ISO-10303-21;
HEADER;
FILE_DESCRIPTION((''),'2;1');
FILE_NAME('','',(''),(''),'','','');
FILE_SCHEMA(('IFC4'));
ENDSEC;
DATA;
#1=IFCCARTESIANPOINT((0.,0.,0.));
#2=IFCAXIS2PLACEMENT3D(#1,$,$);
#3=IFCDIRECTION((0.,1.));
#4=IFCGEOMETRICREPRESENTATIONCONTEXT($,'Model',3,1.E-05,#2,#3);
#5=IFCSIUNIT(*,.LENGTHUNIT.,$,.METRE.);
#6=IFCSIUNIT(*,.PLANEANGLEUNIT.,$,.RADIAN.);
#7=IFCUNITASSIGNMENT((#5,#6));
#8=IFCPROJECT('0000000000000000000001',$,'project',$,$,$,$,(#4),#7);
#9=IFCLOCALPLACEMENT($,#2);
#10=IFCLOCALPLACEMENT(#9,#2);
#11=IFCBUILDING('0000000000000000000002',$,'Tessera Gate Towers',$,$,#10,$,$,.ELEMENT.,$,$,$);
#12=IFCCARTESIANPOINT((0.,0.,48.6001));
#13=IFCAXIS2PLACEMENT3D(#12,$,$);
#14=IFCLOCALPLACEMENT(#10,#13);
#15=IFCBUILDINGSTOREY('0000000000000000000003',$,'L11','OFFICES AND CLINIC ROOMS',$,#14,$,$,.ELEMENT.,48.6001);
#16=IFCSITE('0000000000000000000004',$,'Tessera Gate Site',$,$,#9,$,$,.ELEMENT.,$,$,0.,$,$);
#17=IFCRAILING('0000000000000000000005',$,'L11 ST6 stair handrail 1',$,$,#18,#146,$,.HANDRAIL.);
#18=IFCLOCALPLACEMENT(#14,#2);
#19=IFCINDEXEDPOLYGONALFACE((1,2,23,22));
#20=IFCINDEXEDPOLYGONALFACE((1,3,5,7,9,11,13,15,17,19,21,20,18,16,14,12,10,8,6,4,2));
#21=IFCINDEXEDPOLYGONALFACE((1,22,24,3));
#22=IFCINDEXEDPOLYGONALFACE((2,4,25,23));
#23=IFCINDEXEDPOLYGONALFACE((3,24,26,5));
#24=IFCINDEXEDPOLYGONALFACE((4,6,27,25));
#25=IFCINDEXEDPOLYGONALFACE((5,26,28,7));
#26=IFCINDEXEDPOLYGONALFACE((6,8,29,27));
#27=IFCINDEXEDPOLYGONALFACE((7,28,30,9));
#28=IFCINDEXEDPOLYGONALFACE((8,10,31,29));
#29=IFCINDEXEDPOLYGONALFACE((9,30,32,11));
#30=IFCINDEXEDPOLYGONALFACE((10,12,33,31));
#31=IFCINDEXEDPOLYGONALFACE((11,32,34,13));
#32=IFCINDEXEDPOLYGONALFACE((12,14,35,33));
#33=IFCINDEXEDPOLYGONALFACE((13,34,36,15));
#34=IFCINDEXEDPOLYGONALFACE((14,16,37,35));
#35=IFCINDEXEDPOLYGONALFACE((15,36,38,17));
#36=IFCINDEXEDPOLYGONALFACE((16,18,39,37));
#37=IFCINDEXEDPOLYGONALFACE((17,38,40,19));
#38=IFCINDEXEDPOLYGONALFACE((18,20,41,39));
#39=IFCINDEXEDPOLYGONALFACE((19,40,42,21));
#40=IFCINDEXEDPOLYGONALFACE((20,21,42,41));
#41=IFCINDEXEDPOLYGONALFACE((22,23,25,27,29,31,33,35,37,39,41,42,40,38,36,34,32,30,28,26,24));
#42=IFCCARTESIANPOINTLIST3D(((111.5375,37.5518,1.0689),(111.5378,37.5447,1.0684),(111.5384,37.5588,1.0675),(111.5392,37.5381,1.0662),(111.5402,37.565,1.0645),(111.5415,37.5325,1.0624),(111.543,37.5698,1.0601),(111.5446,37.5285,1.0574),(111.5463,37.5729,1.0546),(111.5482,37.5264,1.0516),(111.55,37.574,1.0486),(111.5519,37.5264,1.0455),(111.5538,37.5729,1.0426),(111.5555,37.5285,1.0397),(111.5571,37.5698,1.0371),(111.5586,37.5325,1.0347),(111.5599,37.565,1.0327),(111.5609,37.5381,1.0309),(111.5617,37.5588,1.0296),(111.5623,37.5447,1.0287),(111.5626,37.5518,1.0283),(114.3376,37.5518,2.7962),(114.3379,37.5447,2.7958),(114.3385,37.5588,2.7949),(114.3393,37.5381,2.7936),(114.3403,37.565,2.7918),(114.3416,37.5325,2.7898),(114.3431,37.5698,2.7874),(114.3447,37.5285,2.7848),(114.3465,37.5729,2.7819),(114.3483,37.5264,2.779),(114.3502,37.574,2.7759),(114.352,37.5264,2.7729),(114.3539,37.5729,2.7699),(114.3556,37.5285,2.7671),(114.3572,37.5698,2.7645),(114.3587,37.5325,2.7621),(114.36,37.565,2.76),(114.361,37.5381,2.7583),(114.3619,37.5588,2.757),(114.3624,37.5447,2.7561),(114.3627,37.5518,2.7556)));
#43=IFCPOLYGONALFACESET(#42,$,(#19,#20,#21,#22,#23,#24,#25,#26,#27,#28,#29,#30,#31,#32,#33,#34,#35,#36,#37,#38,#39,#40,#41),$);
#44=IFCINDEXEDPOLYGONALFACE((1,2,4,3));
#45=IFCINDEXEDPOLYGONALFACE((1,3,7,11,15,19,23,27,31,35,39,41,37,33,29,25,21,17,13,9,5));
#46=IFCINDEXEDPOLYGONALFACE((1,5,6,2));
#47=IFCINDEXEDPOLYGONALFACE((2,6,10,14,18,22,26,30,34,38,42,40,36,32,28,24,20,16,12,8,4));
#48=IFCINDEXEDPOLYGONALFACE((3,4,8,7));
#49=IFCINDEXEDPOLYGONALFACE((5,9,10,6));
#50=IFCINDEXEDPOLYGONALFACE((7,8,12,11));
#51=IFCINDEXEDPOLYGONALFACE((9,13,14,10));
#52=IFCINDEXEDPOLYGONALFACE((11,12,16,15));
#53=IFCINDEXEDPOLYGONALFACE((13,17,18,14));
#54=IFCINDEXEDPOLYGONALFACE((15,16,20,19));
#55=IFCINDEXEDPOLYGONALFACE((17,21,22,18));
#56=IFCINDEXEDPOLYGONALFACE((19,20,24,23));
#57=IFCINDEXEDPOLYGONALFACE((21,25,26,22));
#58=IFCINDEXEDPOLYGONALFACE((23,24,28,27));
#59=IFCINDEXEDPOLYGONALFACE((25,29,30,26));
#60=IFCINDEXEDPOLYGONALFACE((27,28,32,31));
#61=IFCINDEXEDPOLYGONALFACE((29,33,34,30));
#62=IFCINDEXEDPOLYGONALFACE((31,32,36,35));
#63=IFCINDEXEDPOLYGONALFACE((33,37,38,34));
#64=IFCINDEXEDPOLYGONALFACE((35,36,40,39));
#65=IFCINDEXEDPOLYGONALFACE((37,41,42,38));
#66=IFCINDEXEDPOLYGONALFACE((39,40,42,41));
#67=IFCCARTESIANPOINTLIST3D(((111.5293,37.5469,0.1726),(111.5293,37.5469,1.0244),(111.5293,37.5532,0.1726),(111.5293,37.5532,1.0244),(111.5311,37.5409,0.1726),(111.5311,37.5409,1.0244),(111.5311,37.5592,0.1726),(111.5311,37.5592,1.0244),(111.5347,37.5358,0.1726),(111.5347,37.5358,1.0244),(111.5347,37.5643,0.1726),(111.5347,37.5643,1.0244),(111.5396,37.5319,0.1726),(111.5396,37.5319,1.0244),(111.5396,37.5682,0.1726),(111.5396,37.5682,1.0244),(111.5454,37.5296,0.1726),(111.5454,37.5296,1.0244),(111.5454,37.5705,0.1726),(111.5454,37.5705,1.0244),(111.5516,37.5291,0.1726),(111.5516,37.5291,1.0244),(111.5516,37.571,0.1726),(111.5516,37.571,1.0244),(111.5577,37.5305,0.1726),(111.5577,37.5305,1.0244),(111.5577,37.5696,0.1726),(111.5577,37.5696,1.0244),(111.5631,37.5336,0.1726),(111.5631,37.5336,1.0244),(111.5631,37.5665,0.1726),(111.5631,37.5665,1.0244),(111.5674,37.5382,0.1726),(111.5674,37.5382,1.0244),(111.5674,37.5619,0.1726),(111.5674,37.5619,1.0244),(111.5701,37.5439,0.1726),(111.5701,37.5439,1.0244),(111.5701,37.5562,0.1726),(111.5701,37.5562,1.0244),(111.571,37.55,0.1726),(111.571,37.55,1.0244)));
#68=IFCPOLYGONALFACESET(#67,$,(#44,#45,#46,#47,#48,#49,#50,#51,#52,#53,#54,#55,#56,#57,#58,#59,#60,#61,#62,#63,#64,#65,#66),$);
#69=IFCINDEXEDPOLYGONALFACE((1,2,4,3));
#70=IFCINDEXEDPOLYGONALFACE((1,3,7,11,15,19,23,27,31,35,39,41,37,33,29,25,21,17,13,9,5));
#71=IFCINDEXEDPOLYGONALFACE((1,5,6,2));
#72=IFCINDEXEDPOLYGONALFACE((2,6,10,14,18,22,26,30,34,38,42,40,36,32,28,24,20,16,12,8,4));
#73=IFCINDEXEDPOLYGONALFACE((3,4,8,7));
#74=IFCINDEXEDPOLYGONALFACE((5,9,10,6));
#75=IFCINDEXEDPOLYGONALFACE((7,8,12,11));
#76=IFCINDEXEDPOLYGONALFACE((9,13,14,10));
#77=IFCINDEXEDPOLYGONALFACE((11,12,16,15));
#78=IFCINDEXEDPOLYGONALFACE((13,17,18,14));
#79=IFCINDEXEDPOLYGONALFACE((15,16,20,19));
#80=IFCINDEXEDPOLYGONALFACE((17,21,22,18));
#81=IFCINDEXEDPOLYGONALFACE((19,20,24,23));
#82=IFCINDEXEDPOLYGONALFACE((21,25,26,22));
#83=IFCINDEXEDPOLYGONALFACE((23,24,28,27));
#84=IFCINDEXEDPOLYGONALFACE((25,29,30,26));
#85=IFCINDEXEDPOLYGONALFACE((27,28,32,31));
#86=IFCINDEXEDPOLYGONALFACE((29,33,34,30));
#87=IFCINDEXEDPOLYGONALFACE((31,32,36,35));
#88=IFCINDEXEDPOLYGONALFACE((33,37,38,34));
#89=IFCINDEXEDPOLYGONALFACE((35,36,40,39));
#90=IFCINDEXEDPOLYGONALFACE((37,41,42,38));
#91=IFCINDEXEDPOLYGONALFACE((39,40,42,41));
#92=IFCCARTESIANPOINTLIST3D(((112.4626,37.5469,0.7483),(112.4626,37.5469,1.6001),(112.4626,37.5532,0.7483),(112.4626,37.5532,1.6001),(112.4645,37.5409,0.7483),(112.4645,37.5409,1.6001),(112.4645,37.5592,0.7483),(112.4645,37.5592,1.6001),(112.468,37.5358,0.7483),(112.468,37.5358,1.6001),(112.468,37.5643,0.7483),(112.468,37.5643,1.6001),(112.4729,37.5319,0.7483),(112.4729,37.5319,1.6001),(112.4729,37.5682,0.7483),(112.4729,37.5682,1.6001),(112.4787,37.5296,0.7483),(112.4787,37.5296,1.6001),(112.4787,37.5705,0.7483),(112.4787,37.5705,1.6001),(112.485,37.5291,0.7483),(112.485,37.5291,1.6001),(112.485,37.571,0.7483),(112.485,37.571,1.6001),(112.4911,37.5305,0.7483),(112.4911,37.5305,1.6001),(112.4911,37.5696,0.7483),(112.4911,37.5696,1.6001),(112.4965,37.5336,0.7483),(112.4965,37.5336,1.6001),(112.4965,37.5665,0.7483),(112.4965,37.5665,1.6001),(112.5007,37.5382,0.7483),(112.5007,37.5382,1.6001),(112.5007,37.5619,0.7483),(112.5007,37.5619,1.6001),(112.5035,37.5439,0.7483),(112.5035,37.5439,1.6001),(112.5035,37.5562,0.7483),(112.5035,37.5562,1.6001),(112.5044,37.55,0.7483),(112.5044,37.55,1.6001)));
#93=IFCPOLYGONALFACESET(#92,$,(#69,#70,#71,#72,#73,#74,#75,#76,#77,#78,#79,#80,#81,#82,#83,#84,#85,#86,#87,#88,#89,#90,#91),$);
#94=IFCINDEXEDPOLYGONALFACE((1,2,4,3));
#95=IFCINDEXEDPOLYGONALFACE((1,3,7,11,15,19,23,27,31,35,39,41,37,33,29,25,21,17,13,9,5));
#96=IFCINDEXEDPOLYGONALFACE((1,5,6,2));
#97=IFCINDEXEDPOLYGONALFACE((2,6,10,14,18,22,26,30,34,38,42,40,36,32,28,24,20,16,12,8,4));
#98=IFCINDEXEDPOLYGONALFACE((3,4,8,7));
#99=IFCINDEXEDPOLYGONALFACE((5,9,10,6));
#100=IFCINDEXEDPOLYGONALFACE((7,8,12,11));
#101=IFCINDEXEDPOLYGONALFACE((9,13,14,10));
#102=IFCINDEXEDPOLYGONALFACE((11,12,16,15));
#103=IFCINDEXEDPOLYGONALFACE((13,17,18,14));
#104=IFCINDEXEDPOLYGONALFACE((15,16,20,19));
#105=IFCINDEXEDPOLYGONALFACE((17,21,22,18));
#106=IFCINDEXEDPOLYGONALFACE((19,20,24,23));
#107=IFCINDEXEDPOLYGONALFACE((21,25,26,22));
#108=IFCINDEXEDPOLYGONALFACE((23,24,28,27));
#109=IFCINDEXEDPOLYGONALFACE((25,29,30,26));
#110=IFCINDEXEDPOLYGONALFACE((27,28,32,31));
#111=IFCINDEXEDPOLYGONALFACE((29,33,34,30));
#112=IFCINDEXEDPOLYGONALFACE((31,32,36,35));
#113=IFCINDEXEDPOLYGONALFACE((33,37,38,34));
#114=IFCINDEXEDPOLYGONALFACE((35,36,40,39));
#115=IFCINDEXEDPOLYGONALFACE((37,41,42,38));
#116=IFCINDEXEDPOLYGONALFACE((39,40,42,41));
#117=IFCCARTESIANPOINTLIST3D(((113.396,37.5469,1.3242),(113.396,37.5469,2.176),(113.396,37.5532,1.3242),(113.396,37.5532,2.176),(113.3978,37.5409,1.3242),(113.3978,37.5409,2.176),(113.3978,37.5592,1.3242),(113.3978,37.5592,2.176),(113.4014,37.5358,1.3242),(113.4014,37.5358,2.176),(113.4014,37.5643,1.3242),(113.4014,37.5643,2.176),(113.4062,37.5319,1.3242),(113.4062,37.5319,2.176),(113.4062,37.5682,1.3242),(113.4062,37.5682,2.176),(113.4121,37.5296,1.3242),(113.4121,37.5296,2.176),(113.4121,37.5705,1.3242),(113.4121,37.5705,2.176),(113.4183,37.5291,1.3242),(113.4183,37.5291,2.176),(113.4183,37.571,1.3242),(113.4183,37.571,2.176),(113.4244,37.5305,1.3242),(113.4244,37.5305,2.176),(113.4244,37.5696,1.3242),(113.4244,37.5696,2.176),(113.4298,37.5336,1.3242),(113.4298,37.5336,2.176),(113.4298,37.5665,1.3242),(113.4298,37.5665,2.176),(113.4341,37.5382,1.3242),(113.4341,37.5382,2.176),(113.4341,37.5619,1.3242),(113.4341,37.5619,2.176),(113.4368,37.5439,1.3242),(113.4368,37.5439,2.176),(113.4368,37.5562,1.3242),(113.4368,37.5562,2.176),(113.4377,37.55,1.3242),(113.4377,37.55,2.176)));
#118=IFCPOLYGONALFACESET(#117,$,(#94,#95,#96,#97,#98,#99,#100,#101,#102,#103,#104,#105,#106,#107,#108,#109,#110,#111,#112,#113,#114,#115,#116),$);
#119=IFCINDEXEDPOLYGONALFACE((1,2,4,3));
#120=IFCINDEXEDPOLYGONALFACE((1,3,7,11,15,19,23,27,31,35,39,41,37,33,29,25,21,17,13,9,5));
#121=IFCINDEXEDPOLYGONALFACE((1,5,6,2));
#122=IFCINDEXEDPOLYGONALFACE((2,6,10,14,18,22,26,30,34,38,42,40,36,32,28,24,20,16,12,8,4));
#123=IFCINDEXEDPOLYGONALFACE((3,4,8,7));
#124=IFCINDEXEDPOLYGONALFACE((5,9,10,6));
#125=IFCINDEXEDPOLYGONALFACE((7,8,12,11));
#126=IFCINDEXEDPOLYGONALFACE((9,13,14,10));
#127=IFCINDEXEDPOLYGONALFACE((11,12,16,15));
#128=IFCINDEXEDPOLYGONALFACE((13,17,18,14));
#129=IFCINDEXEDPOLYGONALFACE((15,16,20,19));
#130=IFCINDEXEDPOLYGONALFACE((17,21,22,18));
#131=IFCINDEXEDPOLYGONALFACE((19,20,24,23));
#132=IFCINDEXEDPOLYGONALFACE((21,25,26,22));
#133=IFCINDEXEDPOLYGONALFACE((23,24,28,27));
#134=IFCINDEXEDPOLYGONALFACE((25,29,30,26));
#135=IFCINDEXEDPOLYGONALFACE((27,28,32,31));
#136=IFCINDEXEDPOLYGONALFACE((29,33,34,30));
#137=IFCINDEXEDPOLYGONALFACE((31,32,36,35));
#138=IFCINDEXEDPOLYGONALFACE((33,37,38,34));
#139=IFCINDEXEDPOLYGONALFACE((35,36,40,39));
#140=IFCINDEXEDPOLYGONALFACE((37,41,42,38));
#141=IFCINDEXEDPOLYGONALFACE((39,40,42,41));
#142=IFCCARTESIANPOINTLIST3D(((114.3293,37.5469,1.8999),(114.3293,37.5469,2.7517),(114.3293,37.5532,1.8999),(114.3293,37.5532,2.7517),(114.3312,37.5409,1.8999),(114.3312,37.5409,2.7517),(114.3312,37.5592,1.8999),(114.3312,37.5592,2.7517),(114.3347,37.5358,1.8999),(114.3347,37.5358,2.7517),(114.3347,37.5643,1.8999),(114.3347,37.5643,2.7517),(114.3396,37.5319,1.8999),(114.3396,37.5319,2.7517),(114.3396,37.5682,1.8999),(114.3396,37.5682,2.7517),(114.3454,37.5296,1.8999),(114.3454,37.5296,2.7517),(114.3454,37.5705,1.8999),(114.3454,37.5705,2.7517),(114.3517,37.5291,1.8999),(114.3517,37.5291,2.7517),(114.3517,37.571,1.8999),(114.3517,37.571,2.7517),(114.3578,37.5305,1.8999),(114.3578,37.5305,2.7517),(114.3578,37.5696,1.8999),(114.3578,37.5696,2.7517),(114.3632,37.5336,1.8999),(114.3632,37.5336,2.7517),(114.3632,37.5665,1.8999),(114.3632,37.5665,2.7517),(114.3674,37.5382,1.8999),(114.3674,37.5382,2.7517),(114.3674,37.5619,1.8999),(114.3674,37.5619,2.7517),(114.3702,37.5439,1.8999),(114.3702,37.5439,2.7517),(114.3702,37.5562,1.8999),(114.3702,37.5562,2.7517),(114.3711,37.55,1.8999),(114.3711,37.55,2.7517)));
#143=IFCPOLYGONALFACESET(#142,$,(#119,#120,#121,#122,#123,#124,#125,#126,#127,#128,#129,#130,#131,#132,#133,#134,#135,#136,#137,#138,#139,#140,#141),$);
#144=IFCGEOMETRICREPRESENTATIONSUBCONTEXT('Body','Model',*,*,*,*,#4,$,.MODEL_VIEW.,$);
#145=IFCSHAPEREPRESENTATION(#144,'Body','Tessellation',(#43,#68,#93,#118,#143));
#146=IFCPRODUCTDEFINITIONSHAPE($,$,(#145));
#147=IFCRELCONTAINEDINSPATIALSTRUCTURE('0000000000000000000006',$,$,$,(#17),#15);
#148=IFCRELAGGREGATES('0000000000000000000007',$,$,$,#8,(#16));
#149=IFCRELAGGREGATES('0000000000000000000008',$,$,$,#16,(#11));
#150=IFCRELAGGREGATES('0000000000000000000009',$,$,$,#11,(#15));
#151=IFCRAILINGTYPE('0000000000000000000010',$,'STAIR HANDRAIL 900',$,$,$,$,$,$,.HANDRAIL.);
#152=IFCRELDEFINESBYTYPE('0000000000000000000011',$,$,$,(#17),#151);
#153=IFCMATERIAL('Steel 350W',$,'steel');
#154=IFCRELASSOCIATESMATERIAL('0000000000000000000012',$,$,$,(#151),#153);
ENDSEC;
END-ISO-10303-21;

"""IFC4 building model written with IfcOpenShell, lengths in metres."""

from ifc_helpers import new_model, si_unit, direction, frame, origin, origin_2d, place, context, subcontext, project, spatial, circle, extrude, material, type_object, element, save


model = new_model("IFC4")

# Units and contexts
model_context = context("Model", 3, precision=1e-05, world=origin(), true_north=direction((0.0, 1.0)))
body_context = subcontext(model_context, "Body", "Model", "MODEL_VIEW")
ifc_project = project(units=[si_unit("LENGTHUNIT", "METRE"), si_unit("PLANEANGLEUNIT", "RADIAN")], contexts=[model_context])

# Site, building, storey
site_placement = place(None, origin())
site = spatial("IfcSite", under=ifc_project, at=site_placement, Name="Tessera Gate Site", CompositionType="ELEMENT", RefElevation=0.0)
building_placement = place(site_placement, origin())
building = spatial("IfcBuilding", under=site, at=building_placement, Name="Tessera Gate Towers", CompositionType="ELEMENT")
storey_placement = place(building_placement, frame((0.0, 0.0, 48.6001)))
storey = spatial("IfcBuildingStorey", under=building, at=storey_placement, Name="L11", Description="OFFICES AND CLINIC ROOMS", CompositionType="ELEMENT", Elevation=48.6001)

# Railing
ifc_material_1 = material(Name="Steel 350W", Category="steel")
railing_type_1 = type_object("IfcRailingType", Name="STAIR HANDRAIL 900", PredefinedType="HANDRAIL", material=ifc_material_1)
railing_1_placement = place(storey_placement, frame((111.55, 37.55, 0.1726)))
element("IfcRailing", 1, at=railing_1_placement, inside=storey, type_object=railing_type_1, Name="L11 ST6 stair handrail 1", PredefinedType="HANDRAIL", context=body_context, shape_type="SweptSolid", body=[
    extrude(circle(Radius=0.0239, at=origin_2d()), frame((0.0, 0.0, 0.876), z_axis=(0.85109, 0.0, 0.52502), x_axis=(0.0, 1.0, 0.0)), (0.0, 0.0, 1.0), 3.29),
    extrude(circle(Radius=0.021, at=origin_2d()), origin(), (0.0, 0.0, 1.0), 0.8518),
    extrude(circle(Radius=0.021, at=origin_2d()), frame((0.9333, 0.0, 0.5757)), (0.0, 0.0, 1.0), 0.8518),
    extrude(circle(Radius=0.021, at=origin_2d()), frame((1.8667, 0.0, 1.1516)), (0.0, 0.0, 1.0), 0.8518),
    extrude(circle(Radius=0.021, at=origin_2d()), frame((2.8, 0.0, 1.7273)), (0.0, 0.0, 1.0), 0.8518),
])

save(model, "model.ifc")
